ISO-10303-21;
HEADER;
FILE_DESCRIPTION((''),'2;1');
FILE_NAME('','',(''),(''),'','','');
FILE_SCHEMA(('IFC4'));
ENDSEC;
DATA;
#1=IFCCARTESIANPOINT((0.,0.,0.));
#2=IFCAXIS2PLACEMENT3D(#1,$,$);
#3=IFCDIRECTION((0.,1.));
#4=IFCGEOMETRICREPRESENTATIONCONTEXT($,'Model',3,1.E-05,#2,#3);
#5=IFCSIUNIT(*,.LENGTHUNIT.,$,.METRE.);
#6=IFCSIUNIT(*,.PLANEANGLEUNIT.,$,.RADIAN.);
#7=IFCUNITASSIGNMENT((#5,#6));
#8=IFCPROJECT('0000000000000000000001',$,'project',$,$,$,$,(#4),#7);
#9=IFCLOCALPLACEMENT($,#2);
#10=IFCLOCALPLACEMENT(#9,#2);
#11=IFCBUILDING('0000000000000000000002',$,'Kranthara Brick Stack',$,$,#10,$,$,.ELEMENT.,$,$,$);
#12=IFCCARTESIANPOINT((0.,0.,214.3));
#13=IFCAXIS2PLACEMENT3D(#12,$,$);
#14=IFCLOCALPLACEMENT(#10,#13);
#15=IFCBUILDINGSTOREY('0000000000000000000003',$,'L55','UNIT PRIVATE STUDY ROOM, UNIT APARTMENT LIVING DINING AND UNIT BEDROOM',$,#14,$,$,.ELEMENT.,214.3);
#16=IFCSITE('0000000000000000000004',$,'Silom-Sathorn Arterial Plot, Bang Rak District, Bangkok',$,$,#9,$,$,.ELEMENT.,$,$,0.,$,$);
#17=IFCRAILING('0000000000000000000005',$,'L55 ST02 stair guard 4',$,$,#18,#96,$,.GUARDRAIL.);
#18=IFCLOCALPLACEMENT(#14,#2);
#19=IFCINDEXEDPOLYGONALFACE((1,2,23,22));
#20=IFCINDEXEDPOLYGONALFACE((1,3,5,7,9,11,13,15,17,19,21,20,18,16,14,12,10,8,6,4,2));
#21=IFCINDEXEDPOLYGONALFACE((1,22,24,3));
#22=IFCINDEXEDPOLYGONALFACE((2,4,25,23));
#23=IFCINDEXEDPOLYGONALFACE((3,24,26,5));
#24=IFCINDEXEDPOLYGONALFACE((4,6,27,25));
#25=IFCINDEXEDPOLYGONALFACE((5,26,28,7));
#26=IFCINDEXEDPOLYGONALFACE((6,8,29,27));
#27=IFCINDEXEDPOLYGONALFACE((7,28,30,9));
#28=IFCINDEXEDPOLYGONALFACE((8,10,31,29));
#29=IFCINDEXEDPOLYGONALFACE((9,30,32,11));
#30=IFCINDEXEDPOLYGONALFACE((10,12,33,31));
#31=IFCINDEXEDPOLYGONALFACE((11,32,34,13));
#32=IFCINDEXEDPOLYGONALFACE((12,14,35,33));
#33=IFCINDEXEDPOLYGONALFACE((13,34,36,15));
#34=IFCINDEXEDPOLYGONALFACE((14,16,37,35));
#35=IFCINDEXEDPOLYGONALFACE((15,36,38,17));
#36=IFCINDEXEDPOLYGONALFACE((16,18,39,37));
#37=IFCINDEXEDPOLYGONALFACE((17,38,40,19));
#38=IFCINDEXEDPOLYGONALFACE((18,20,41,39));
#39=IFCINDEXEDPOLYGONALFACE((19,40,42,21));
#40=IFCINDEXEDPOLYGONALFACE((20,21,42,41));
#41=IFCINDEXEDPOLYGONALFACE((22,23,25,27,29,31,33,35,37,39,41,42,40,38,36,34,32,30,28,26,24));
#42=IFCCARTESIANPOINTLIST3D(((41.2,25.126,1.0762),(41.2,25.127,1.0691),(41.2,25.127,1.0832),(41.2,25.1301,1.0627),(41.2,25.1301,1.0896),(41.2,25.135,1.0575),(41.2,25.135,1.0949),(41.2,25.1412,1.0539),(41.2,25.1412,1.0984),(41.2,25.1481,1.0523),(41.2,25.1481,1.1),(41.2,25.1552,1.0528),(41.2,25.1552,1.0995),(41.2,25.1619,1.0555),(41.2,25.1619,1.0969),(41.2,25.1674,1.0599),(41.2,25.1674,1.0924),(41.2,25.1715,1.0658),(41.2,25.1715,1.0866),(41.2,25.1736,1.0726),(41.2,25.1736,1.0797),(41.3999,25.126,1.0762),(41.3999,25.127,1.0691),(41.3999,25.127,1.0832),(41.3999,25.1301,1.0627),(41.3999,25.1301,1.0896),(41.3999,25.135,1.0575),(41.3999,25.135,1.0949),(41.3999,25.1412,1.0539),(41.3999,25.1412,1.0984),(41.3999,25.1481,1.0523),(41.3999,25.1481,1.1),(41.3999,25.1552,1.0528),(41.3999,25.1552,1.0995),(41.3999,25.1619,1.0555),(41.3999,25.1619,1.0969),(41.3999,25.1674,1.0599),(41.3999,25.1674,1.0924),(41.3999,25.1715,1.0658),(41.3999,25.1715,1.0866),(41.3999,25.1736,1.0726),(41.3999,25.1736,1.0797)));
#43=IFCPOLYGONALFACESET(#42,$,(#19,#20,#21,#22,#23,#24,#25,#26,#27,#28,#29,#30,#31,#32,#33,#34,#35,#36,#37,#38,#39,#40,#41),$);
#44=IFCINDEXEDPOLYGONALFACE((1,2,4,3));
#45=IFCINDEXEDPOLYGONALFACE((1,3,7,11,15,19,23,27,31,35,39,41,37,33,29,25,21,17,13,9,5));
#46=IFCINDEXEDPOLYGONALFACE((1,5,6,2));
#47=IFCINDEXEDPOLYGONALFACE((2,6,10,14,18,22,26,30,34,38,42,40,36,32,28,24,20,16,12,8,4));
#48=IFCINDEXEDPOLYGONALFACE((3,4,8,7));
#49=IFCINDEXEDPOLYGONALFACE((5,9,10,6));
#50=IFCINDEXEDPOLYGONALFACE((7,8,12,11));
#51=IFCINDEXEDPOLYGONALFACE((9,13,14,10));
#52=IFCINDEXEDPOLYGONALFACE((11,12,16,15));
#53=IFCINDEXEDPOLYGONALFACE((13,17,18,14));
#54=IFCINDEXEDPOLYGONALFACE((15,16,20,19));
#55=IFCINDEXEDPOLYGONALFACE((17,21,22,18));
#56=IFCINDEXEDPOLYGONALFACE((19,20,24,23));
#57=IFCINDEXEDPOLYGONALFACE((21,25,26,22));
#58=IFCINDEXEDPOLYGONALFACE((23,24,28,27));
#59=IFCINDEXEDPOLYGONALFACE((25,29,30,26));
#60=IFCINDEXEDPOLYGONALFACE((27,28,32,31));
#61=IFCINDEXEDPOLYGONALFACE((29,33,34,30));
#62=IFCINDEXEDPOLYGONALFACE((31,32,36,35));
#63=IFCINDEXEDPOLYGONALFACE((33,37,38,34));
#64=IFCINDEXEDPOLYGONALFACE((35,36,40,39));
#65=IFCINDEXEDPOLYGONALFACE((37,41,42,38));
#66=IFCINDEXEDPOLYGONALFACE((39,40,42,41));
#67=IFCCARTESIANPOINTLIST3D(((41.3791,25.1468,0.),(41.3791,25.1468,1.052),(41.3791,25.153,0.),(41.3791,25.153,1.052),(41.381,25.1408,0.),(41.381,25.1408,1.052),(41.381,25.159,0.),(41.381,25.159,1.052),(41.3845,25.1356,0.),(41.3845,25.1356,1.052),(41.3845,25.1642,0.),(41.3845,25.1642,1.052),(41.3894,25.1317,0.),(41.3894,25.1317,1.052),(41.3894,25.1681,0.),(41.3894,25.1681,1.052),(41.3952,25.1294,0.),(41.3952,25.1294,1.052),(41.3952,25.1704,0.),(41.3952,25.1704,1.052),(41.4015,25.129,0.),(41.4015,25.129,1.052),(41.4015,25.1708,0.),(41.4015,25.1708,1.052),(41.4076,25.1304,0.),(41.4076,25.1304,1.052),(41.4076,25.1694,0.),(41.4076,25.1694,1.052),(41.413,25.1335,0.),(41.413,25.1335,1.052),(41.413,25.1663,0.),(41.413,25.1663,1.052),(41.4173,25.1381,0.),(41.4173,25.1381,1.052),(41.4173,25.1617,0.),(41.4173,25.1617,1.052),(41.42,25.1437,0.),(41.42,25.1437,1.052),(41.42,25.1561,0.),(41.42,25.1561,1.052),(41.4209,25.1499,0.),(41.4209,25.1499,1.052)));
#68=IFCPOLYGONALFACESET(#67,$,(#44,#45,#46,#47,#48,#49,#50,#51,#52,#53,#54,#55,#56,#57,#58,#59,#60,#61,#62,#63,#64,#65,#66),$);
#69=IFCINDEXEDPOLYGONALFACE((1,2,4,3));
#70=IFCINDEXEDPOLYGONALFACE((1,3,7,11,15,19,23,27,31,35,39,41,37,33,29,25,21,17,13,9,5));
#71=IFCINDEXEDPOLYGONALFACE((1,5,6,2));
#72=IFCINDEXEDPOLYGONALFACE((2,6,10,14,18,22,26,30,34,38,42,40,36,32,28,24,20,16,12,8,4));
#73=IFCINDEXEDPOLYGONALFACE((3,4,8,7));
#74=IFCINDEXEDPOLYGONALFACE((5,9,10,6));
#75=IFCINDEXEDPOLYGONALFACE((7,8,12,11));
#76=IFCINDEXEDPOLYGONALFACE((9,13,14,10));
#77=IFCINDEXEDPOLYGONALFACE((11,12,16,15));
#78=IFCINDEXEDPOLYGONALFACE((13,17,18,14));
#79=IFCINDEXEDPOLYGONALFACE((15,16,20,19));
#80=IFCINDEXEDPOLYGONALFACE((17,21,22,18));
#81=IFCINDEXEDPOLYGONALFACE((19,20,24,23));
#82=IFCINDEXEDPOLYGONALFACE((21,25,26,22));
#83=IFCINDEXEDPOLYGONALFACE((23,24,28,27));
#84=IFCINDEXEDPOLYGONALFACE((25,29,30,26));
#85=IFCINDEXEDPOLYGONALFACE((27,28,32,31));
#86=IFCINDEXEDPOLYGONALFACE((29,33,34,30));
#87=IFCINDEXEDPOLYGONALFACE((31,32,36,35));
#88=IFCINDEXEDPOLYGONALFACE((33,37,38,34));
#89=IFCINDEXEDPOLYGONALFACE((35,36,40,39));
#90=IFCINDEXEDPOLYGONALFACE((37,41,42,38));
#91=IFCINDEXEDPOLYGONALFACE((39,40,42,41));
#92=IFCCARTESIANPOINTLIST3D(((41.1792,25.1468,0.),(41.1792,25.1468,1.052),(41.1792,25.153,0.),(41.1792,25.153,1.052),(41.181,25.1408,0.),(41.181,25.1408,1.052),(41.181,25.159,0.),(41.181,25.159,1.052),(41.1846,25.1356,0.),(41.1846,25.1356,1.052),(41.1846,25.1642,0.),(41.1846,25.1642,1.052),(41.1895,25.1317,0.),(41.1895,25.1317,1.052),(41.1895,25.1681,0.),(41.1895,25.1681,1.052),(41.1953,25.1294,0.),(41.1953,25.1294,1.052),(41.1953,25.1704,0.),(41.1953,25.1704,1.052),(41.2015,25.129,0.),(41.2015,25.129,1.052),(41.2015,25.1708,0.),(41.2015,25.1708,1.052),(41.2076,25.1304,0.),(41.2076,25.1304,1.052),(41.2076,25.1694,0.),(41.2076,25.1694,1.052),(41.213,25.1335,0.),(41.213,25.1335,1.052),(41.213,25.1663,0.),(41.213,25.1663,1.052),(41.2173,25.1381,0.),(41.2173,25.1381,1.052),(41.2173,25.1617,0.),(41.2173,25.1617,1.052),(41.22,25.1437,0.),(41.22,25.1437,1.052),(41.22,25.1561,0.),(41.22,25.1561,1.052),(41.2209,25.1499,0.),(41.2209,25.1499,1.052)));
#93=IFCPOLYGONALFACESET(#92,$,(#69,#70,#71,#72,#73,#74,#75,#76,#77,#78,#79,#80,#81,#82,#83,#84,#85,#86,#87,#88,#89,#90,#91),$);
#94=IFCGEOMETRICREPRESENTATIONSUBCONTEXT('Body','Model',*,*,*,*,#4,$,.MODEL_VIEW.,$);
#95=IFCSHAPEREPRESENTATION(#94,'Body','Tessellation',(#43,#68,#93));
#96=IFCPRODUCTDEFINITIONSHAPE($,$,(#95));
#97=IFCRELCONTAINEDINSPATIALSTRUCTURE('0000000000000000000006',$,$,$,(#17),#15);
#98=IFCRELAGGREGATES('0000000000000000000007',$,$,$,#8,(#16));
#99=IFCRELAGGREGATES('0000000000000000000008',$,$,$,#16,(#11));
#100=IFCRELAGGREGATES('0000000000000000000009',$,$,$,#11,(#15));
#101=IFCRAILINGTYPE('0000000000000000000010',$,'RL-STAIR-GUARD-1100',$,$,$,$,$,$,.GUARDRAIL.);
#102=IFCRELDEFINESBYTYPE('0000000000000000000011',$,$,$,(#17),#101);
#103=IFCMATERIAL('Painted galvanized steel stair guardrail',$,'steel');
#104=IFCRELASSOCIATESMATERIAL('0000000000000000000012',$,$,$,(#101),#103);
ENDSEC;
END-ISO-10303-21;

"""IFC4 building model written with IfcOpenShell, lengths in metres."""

from ifc_helpers import new_model, si_unit, direction, frame, origin, origin_2d, place, context, subcontext, project, spatial, circle, extrude, material, type_object, element, save


model = new_model("IFC4")

# Units and contexts
model_context = context("Model", 3, precision=1e-05, world=origin(), true_north=direction((0.0, 1.0)))
body_context = subcontext(model_context, "Body", "Model", "MODEL_VIEW")
ifc_project = project(units=[si_unit("LENGTHUNIT", "METRE"), si_unit("PLANEANGLEUNIT", "RADIAN")], contexts=[model_context])

# Site, building, storey
site_placement = place(None, origin())
site = spatial("IfcSite", under=ifc_project, at=site_placement, Name="Silom-Sathorn Arterial Plot, Bang Rak District, Bangkok", CompositionType="ELEMENT", RefElevation=0.0)
building_placement = place(site_placement, origin())
building = spatial("IfcBuilding", under=site, at=building_placement, Name="Kranthara Brick Stack", CompositionType="ELEMENT")
storey_placement = place(building_placement, frame((0.0, 0.0, 214.3)))
storey = spatial("IfcBuildingStorey", under=building, at=storey_placement, Name="L55", Description="UNIT PRIVATE STUDY ROOM, UNIT APARTMENT LIVING DINING AND UNIT BEDROOM", CompositionType="ELEMENT", Elevation=214.3)

# Railing
ifc_material_1 = material(Name="Painted galvanized steel stair guardrail", Category="steel")
railing_type_1 = type_object("IfcRailingType", Name="RL-STAIR-GUARD-1100", PredefinedType="GUARDRAIL", material=ifc_material_1)
railing_1_placement = place(storey_placement, frame((41.3999, 25.1499, 0.0)))
element("IfcRailing", 1, at=railing_1_placement, inside=storey, type_object=railing_type_1, Name="L55 ST02 stair guard 4", PredefinedType="GUARDRAIL", context=body_context, shape_type="SweptSolid", body=[
    extrude(circle(Radius=0.0239, at=origin_2d()), frame((0.0, 0.0, 1.0762), z_axis=(-1.0, 0.0, 0.0), x_axis=(0.0, -1.0, 0.0)), (0.0, 0.0, 1.0), 0.2),
    extrude(circle(Radius=0.021, at=origin_2d()), origin(), (0.0, 0.0, 1.0), 1.052),
    extrude(circle(Radius=0.021, at=origin_2d()), frame((-0.2, 0.0, 0.0)), (0.0, 0.0, 1.0), 1.052),
])

save(model, "model.ifc")
